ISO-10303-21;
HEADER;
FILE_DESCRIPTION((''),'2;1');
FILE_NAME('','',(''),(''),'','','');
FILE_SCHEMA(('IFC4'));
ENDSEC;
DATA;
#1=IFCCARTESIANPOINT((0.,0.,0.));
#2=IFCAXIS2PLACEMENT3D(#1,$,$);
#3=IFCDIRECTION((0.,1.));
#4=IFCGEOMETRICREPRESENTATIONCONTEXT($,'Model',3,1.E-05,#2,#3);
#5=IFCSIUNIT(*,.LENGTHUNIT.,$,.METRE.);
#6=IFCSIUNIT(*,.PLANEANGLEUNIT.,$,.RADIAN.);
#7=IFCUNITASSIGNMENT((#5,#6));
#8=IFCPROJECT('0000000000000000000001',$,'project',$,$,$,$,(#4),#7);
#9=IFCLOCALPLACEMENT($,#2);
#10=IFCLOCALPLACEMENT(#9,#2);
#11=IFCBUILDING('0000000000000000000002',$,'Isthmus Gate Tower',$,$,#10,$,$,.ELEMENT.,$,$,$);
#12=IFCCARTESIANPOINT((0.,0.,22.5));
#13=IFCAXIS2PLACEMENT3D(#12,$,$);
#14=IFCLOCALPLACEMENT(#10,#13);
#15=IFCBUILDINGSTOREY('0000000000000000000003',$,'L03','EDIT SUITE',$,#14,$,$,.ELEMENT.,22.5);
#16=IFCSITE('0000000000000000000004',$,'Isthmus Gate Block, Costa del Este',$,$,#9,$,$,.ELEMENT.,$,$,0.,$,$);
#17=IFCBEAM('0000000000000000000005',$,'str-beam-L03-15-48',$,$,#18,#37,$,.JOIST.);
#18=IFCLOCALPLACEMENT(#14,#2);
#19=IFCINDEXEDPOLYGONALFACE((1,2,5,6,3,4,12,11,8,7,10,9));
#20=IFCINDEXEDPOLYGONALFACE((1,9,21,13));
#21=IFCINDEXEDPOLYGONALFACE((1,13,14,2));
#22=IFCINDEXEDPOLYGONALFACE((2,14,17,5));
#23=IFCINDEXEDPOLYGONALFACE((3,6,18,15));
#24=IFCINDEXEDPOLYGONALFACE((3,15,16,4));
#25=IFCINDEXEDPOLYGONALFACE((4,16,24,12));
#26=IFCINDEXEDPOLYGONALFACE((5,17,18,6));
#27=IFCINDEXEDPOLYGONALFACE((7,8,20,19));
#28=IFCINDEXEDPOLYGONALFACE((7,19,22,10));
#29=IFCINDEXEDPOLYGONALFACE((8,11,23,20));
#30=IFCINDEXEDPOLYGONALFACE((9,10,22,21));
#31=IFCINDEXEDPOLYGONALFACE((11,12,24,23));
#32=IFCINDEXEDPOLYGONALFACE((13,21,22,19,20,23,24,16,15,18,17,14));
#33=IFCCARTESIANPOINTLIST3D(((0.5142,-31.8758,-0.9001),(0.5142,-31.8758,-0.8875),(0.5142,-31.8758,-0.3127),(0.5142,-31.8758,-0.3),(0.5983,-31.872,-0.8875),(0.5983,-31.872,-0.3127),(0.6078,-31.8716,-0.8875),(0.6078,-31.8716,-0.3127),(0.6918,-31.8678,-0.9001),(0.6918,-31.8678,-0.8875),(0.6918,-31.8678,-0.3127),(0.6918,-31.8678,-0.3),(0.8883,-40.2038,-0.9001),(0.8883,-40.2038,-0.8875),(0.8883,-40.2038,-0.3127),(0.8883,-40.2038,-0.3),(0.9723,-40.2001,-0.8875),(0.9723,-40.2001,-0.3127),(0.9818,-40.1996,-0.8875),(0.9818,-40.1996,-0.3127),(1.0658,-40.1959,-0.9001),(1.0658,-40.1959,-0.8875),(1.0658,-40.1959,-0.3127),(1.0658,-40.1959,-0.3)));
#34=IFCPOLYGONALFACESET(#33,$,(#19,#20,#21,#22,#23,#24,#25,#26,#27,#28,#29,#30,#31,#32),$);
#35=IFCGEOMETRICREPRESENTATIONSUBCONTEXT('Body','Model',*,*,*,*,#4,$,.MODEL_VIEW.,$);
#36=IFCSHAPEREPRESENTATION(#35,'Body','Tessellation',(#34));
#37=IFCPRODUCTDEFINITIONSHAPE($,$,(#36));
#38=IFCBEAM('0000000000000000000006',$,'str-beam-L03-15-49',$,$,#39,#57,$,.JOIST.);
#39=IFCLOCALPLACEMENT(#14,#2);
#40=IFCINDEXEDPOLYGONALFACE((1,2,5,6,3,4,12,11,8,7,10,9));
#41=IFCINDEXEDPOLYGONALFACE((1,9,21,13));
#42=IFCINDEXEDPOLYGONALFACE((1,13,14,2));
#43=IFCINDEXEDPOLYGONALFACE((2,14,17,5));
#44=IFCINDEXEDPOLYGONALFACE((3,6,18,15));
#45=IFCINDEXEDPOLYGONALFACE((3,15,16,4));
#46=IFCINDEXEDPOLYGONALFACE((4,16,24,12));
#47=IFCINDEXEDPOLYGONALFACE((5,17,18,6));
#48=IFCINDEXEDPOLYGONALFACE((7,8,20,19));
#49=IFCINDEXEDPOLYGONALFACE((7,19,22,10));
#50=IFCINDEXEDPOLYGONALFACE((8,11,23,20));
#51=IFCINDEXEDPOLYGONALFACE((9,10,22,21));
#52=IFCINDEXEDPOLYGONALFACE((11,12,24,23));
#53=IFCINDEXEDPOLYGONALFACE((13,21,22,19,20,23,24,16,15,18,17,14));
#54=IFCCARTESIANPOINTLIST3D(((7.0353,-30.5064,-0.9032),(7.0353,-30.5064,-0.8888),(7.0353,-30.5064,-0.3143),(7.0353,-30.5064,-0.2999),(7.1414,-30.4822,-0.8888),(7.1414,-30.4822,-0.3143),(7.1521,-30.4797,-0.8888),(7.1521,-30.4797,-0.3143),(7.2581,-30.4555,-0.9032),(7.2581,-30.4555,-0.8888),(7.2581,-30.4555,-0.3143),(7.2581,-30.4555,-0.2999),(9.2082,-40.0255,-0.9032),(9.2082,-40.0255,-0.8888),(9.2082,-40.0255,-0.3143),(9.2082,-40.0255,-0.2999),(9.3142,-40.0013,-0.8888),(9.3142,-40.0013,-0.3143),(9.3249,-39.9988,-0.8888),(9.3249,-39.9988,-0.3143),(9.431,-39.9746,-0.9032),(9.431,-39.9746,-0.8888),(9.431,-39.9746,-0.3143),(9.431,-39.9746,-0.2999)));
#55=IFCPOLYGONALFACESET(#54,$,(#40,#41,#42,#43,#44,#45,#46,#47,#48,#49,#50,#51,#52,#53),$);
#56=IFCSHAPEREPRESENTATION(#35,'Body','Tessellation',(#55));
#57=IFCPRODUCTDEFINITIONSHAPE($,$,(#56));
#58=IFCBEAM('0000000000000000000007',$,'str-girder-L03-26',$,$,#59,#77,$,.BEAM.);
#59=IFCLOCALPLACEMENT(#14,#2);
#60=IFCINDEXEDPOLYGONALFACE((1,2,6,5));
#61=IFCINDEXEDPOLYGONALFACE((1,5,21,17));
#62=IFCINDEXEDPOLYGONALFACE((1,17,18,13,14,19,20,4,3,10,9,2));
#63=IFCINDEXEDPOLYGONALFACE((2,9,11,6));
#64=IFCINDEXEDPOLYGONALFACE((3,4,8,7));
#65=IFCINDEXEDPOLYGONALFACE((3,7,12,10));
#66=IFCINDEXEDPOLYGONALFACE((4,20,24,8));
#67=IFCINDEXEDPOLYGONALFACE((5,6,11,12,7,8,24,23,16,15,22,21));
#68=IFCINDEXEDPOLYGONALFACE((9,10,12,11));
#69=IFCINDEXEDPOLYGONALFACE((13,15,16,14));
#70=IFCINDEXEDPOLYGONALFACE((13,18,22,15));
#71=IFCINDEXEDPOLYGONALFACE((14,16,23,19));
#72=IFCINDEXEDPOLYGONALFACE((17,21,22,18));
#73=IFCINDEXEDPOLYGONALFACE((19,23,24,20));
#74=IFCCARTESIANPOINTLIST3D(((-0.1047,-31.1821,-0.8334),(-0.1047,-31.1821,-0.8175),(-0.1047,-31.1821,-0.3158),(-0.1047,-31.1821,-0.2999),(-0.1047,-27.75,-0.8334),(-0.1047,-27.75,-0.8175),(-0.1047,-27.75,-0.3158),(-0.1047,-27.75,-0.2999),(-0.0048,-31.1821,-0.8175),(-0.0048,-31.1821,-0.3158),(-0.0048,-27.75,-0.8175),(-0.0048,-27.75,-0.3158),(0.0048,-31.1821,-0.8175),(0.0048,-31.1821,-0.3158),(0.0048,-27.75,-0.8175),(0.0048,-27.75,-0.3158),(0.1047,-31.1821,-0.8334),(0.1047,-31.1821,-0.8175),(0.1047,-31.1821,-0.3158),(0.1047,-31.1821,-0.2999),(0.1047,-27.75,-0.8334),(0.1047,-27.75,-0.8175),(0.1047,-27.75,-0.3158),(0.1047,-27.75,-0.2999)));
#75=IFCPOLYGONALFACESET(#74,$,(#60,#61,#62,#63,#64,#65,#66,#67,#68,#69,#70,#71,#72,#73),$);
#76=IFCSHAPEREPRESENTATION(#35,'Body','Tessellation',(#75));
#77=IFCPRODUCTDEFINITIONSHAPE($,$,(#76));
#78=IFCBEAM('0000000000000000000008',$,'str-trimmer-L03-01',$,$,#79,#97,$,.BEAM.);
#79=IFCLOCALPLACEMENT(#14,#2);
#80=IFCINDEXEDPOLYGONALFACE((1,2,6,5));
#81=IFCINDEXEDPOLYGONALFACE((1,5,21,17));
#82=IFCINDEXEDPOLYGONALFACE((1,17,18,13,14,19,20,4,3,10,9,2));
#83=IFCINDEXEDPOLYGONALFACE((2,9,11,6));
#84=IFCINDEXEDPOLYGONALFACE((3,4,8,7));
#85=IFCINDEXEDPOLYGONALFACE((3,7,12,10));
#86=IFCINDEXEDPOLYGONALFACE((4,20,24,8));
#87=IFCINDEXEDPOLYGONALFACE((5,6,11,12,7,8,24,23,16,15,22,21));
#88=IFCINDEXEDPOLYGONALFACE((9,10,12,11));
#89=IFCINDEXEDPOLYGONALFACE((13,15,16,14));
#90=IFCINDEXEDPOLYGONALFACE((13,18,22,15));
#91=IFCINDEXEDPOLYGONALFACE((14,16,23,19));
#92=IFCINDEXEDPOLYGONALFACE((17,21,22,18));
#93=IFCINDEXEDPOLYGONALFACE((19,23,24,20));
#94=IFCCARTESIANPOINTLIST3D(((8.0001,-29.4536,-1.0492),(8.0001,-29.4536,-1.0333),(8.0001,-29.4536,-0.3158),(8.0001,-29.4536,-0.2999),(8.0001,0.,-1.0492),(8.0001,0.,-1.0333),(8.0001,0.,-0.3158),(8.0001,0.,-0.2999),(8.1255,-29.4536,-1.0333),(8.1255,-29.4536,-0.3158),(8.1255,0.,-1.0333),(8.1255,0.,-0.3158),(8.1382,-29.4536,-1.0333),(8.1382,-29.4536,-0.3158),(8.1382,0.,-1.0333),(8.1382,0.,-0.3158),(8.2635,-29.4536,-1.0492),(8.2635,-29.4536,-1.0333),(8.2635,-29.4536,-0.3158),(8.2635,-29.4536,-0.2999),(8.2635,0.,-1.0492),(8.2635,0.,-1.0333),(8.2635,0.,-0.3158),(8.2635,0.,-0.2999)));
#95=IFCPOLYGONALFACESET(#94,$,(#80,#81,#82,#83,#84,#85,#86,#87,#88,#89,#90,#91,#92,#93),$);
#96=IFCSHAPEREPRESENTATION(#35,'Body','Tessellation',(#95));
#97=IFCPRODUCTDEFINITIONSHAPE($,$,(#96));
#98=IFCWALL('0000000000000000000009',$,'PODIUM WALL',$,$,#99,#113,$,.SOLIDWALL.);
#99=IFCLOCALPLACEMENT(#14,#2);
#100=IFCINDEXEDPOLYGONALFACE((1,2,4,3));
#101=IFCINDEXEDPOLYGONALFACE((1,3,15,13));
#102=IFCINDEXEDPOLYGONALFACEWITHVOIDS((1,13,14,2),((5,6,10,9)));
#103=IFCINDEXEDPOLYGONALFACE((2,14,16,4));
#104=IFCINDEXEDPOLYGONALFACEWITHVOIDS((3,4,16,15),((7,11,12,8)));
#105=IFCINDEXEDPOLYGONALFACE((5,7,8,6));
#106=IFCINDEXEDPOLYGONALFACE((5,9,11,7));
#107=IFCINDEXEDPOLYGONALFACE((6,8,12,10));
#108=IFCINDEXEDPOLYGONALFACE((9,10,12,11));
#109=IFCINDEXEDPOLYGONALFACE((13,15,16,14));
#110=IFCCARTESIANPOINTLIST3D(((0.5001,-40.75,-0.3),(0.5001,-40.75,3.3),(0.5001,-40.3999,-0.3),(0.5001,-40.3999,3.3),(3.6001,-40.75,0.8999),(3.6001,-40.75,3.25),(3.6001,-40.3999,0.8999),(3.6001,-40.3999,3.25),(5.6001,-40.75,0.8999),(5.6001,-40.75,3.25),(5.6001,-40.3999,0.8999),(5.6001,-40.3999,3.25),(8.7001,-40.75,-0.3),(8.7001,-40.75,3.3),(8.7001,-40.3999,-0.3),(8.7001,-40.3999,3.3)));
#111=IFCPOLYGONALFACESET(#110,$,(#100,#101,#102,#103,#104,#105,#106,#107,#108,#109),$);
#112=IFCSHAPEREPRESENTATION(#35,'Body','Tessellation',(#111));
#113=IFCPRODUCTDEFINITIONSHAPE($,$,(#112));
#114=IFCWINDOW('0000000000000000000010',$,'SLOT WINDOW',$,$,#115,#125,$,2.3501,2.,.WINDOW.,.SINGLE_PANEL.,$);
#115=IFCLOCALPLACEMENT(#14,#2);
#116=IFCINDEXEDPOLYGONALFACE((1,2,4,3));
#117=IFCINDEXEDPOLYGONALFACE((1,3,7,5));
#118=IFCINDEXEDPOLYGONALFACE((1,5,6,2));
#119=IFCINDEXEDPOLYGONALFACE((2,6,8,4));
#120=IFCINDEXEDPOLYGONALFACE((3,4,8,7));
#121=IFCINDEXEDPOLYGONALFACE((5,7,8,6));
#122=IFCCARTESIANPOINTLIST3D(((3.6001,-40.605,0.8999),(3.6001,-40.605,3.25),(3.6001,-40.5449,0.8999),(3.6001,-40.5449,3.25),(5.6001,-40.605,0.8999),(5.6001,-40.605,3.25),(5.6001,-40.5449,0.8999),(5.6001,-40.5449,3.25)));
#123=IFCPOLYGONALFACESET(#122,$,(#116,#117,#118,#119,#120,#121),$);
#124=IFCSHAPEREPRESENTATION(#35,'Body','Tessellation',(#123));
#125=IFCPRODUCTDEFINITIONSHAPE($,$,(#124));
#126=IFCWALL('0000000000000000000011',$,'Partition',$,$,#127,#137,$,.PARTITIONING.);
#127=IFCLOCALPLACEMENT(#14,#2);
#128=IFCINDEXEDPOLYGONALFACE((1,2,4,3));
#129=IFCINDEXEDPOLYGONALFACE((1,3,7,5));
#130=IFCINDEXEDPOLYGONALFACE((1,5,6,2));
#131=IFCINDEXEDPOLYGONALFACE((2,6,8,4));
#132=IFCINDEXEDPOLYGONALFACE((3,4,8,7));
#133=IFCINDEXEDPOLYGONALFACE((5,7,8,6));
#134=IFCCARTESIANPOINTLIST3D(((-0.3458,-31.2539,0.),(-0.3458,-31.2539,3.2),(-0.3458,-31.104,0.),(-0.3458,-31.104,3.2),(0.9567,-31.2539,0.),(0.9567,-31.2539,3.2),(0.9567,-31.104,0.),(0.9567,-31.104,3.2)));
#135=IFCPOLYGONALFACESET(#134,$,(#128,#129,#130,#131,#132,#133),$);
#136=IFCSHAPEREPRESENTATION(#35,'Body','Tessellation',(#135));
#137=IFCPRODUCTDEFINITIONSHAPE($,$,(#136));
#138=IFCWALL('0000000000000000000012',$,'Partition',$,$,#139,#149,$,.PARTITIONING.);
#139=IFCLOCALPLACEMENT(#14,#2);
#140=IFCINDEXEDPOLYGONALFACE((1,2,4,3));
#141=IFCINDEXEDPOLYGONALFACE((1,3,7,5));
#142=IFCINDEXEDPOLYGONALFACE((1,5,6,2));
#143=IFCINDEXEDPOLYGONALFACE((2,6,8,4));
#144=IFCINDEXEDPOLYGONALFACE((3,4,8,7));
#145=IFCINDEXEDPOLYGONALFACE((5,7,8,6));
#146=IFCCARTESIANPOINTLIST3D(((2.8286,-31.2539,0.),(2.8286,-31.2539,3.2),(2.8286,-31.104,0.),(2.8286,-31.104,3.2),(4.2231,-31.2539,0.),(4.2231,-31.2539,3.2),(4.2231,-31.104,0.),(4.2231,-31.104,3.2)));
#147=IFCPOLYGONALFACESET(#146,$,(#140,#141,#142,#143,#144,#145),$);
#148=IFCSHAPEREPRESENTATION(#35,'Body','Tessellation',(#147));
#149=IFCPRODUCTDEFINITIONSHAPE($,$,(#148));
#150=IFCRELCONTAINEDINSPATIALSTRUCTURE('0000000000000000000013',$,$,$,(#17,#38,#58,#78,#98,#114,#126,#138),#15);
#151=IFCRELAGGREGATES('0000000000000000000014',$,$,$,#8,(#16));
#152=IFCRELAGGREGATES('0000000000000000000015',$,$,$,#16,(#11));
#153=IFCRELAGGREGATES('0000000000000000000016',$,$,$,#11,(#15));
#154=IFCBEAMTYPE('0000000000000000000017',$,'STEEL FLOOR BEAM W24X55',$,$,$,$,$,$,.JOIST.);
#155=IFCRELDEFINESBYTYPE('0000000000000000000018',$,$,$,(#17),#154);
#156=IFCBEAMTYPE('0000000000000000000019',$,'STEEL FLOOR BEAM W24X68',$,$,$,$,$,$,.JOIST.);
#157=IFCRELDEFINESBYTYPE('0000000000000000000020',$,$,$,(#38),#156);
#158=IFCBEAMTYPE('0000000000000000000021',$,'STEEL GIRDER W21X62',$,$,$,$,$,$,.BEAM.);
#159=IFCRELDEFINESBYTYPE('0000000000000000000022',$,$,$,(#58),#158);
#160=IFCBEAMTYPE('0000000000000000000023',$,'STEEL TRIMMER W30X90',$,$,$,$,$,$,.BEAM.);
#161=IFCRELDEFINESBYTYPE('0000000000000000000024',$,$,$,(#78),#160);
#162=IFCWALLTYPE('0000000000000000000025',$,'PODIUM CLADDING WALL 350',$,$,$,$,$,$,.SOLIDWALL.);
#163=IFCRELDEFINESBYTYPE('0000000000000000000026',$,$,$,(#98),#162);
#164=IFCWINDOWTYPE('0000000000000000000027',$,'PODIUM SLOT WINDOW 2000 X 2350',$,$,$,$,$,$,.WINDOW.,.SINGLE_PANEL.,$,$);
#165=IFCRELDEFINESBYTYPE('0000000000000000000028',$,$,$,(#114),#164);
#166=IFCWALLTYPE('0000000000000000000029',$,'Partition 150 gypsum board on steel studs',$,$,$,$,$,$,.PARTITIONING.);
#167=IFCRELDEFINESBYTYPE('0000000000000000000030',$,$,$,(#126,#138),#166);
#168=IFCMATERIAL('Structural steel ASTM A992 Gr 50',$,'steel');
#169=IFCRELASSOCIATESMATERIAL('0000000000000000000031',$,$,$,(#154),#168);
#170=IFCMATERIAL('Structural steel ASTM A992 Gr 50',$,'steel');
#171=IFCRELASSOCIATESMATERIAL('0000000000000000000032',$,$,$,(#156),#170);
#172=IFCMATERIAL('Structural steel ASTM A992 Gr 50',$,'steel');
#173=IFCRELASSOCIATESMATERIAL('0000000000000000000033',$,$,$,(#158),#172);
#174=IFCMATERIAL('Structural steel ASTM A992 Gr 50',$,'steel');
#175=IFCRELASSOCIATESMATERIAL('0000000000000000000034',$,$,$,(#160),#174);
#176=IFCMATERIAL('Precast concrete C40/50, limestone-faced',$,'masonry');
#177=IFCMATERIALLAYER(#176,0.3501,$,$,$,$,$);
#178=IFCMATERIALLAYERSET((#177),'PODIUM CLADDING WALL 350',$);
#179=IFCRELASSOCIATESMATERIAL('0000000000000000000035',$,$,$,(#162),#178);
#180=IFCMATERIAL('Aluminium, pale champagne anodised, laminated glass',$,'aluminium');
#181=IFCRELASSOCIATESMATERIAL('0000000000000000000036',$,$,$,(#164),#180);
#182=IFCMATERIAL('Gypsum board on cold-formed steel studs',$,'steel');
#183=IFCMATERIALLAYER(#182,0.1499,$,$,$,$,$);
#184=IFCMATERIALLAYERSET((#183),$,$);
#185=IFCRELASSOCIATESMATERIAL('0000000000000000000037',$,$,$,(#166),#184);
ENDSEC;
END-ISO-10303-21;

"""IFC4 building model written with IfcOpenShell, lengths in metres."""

from ifc_helpers import new_model, si_unit, direction, frame, frame_2d, origin, origin_2d, place, context, subcontext, project, spatial, rectangle, i_section, extrude, material, layer, layer_set, material_profile, profile_set, type_object, element, fill, save


model = new_model("IFC4")

# Units and contexts
model_context = context("Model", 3, precision=1e-05, world=origin(), true_north=direction((0.0, 1.0)))
body_context = subcontext(model_context, "Body", "Model", "MODEL_VIEW")
ifc_project = project(units=[si_unit("LENGTHUNIT", "METRE"), si_unit("PLANEANGLEUNIT", "RADIAN")], contexts=[model_context])

# Site, building, storey
site_placement = place(None, origin())
site = spatial("IfcSite", under=ifc_project, at=site_placement, Name="Isthmus Gate Block, Costa del Este", CompositionType="ELEMENT", RefElevation=0.0)
building_placement = place(site_placement, origin())
building = spatial("IfcBuilding", under=site, at=building_placement, Name="Isthmus Gate Tower", CompositionType="ELEMENT")
storey_placement = place(building_placement, frame((0.0, 0.0, 22.5)))
storey = spatial("IfcBuildingStorey", under=building, at=storey_placement, Name="L03", Description="EDIT SUITE", CompositionType="ELEMENT", Elevation=22.5)

# Beams
ifc_material_1 = material(Name="Structural steel ASTM A992 Gr 50", Category="steel")
ifc_material_profile_1 = material_profile(ifc_material_1, i_section(OverallWidth=0.1777, OverallDepth=0.6001, WebThickness=0.0095, FlangeThickness=0.0127, at=origin_2d()), Name="W24X55")
ifc_profile_set_1 = profile_set([ifc_material_profile_1], Name="Structural steel ASTM A992 Gr 50")
beam_type_1 = type_object("IfcBeamType", Name="STEEL FLOOR BEAM W24X55", PredefinedType="JOIST", material=ifc_profile_set_1)
beam_1_placement = place(storey_placement, frame((0.603, -31.8718, -0.6001), z_axis=(0.044866, -0.998993, 0.0), x_axis=(0.998993, 0.044866, 0.0)))
element("IfcBeam", 1, at=beam_1_placement, inside=storey, type_object=beam_type_1, Name="str-beam-L03-15-48", PredefinedType="JOIST", context=body_context, shape_type="SweptSolid", body=[
    extrude(i_section(OverallWidth=0.1777, OverallDepth=0.6001, WebThickness=0.0095, FlangeThickness=0.0127, at=origin_2d()), origin(), (0.0, 0.0, 1.0), 8.3364),
])
ifc_material_2 = material(Name="Structural steel ASTM A992 Gr 50", Category="steel")
ifc_material_profile_2 = material_profile(ifc_material_2, i_section(OverallWidth=0.2285, OverallDepth=0.6033, WebThickness=0.011, FlangeThickness=0.0144, at=origin_2d()), Name="W24X68")
ifc_profile_set_2 = profile_set([ifc_material_profile_2], Name="Structural steel ASTM A992 Gr 50")
beam_type_2 = type_object("IfcBeamType", Name="STEEL FLOOR BEAM W24X68", PredefinedType="JOIST", material=ifc_profile_set_2)
beam_2_placement = place(storey_placement, frame((7.1467, -30.481, -0.6016), z_axis=(0.22254, -0.974924, 0.0), x_axis=(0.974924, 0.22254, 0.0)))
element("IfcBeam", 2, at=beam_2_placement, inside=storey, type_object=beam_type_2, Name="str-beam-L03-15-49", PredefinedType="JOIST", context=body_context, shape_type="SweptSolid", body=[
    extrude(i_section(OverallWidth=0.2285, OverallDepth=0.6033, WebThickness=0.011, FlangeThickness=0.0144, at=origin_2d()), origin(), (0.0, 0.0, 1.0), 9.7639),
])
ifc_material_3 = material(Name="Structural steel ASTM A992 Gr 50", Category="steel")
ifc_material_profile_3 = material_profile(ifc_material_3, i_section(OverallWidth=0.2095, OverallDepth=0.5334, WebThickness=0.0095, FlangeThickness=0.0159, at=origin_2d()), Name="W21X62")
ifc_profile_set_3 = profile_set([ifc_material_profile_3], Name="Structural steel ASTM A992 Gr 50")
beam_type_3 = type_object("IfcBeamType", Name="STEEL GIRDER W21X62", PredefinedType="BEAM", material=ifc_profile_set_3)
beam_3_placement = place(storey_placement, frame((0.0, -31.1821, -0.5667), z_axis=(0.0, 1.0, 0.0), x_axis=(-1.0, 0.0, 0.0)))
element("IfcBeam", 3, at=beam_3_placement, inside=storey, type_object=beam_type_3, Name="str-girder-L03-26", PredefinedType="BEAM", context=body_context, shape_type="SweptSolid", body=[
    extrude(i_section(OverallWidth=0.2095, OverallDepth=0.5334, WebThickness=0.0095, FlangeThickness=0.0159, at=origin_2d()), origin(), (0.0, 0.0, 1.0), 3.4321),
])
ifc_material_4 = material(Name="Structural steel ASTM A992 Gr 50", Category="steel")
ifc_material_profile_4 = material_profile(ifc_material_4, i_section(OverallWidth=0.2634, OverallDepth=0.7493, WebThickness=0.0127, FlangeThickness=0.0159, at=origin_2d()), Name="W30X90")
ifc_profile_set_4 = profile_set([ifc_material_profile_4], Name="Structural steel ASTM A992 Gr 50")
beam_type_4 = type_object("IfcBeamType", Name="STEEL TRIMMER W30X90", PredefinedType="BEAM", material=ifc_profile_set_4)
beam_4_placement = place(storey_placement, frame((8.1318, -29.4536, -0.6746), z_axis=(0.0, 1.0, 0.0), x_axis=(-1.0, 0.0, 0.0)))
element("IfcBeam", 4, at=beam_4_placement, inside=storey, type_object=beam_type_4, Name="str-trimmer-L03-01", PredefinedType="BEAM", context=body_context, shape_type="SweptSolid", body=[
    extrude(i_section(OverallWidth=0.2634, OverallDepth=0.7493, WebThickness=0.0127, FlangeThickness=0.0159, at=origin_2d()), origin(), (0.0, 0.0, 1.0), 29.4536),
])

# Wall, opening, window
ifc_material_5 = material(Name="Precast concrete C40/50, limestone-faced", Category="masonry")
ifc_layer_1 = layer(ifc_material_5, 0.3501)
ifc_layer_set_1 = layer_set([ifc_layer_1], Name="PODIUM CLADDING WALL 350")
wall_type_1 = type_object("IfcWallType", Name="PODIUM CLADDING WALL 350", PredefinedType="SOLIDWALL", material=ifc_layer_set_1)
wall_1_placement = place(storey_placement, frame((0.5, -40.575, -0.3), z_axis=(0.0, 0.0, 1.0), x_axis=(1.0, 0.0, 0.0)))
wall_1 = element("IfcWall", 5, at=wall_1_placement, inside=storey, type_object=wall_type_1, Name="PODIUM WALL", PredefinedType="SOLIDWALL", context=body_context, shape_type="SweptSolid", body=[
    extrude(rectangle(XDim=8.2, YDim=0.3501, at=frame_2d((4.1001, 0.0))), origin(), (0.0, 0.0, 1.0), 3.6001),
])
opening_1_placement = place(wall_1_placement, frame((3.1001, 0.0, 1.2)))
opening_1 = element("IfcOpeningElement", 6, at=opening_1_placement, cuts=wall_1, PredefinedType="OPENING", context=body_context, shape_type="SweptSolid", body=[
    extrude(rectangle(XDim=2.0, YDim=2.3501, at=frame_2d((1.0, 1.175))), frame((0.0, 0.1851, 0.0), z_axis=(0.0, -1.0, 0.0), x_axis=(1.0, 0.0, 0.0)), (0.0, 0.0, 1.0), 0.3701),
])
ifc_material_6 = material(Name="Aluminium, pale champagne anodised, laminated glass", Category="aluminium")
window_type = type_object("IfcWindowType", Name="PODIUM SLOT WINDOW 2000 X 2350", PartitioningType="SINGLE_PANEL", PredefinedType="WINDOW", material=ifc_material_6)
window_placement = place(opening_1_placement, origin())
window = element("IfcWindow", 7, at=window_placement, inside=storey, type_object=window_type, Name="SLOT WINDOW", OverallHeight=2.3501, OverallWidth=2.0, PartitioningType="SINGLE_PANEL", PredefinedType="WINDOW", context=body_context, shape_type="SweptSolid", body=[
    extrude(rectangle(XDim=2.0, YDim=2.3501, at=frame_2d((1.0, 1.175))), frame((0.0, 0.03, 0.0), z_axis=(0.0, -1.0, 0.0), x_axis=(1.0, 0.0, 0.0)), (0.0, 0.0, 1.0), 0.0601),
])
fill(opening_1, window)

# Walls
ifc_material_7 = material(Name="Gypsum board on cold-formed steel studs", Category="steel")
ifc_layer_2 = layer(ifc_material_7, 0.1499)
ifc_layer_set_2 = layer_set([ifc_layer_2])
wall_type_2 = type_object("IfcWallType", Name="Partition 150 gypsum board on steel studs", PredefinedType="PARTITIONING", material=ifc_layer_set_2)
wall_2_placement = place(storey_placement, frame((-0.3459, -31.179, 0.0), z_axis=(0.0, 0.0, 1.0), x_axis=(1.0, 0.0, 0.0)))
element("IfcWall", 8, at=wall_2_placement, inside=storey, type_object=wall_type_2, Name="Partition", PredefinedType="PARTITIONING", context=body_context, shape_type="SweptSolid", body=[
    extrude(rectangle(XDim=1.3025, YDim=0.1499, at=frame_2d((0.6514, 0.0))), origin(), (0.0, 0.0, 1.0), 3.2),
])
wall_3_placement = place(storey_placement, frame((2.8286, -31.179, 0.0), z_axis=(0.0, 0.0, 1.0), x_axis=(1.0, 0.0, 0.0)))
element("IfcWall", 9, at=wall_3_placement, inside=storey, type_object=wall_type_2, Name="Partition", PredefinedType="PARTITIONING", context=body_context, shape_type="SweptSolid", body=[
    extrude(rectangle(XDim=1.3945, YDim=0.1499, at=frame_2d((0.6973, 0.0))), origin(), (0.0, 0.0, 1.0), 3.2),
])

save(model, "model.ifc")
